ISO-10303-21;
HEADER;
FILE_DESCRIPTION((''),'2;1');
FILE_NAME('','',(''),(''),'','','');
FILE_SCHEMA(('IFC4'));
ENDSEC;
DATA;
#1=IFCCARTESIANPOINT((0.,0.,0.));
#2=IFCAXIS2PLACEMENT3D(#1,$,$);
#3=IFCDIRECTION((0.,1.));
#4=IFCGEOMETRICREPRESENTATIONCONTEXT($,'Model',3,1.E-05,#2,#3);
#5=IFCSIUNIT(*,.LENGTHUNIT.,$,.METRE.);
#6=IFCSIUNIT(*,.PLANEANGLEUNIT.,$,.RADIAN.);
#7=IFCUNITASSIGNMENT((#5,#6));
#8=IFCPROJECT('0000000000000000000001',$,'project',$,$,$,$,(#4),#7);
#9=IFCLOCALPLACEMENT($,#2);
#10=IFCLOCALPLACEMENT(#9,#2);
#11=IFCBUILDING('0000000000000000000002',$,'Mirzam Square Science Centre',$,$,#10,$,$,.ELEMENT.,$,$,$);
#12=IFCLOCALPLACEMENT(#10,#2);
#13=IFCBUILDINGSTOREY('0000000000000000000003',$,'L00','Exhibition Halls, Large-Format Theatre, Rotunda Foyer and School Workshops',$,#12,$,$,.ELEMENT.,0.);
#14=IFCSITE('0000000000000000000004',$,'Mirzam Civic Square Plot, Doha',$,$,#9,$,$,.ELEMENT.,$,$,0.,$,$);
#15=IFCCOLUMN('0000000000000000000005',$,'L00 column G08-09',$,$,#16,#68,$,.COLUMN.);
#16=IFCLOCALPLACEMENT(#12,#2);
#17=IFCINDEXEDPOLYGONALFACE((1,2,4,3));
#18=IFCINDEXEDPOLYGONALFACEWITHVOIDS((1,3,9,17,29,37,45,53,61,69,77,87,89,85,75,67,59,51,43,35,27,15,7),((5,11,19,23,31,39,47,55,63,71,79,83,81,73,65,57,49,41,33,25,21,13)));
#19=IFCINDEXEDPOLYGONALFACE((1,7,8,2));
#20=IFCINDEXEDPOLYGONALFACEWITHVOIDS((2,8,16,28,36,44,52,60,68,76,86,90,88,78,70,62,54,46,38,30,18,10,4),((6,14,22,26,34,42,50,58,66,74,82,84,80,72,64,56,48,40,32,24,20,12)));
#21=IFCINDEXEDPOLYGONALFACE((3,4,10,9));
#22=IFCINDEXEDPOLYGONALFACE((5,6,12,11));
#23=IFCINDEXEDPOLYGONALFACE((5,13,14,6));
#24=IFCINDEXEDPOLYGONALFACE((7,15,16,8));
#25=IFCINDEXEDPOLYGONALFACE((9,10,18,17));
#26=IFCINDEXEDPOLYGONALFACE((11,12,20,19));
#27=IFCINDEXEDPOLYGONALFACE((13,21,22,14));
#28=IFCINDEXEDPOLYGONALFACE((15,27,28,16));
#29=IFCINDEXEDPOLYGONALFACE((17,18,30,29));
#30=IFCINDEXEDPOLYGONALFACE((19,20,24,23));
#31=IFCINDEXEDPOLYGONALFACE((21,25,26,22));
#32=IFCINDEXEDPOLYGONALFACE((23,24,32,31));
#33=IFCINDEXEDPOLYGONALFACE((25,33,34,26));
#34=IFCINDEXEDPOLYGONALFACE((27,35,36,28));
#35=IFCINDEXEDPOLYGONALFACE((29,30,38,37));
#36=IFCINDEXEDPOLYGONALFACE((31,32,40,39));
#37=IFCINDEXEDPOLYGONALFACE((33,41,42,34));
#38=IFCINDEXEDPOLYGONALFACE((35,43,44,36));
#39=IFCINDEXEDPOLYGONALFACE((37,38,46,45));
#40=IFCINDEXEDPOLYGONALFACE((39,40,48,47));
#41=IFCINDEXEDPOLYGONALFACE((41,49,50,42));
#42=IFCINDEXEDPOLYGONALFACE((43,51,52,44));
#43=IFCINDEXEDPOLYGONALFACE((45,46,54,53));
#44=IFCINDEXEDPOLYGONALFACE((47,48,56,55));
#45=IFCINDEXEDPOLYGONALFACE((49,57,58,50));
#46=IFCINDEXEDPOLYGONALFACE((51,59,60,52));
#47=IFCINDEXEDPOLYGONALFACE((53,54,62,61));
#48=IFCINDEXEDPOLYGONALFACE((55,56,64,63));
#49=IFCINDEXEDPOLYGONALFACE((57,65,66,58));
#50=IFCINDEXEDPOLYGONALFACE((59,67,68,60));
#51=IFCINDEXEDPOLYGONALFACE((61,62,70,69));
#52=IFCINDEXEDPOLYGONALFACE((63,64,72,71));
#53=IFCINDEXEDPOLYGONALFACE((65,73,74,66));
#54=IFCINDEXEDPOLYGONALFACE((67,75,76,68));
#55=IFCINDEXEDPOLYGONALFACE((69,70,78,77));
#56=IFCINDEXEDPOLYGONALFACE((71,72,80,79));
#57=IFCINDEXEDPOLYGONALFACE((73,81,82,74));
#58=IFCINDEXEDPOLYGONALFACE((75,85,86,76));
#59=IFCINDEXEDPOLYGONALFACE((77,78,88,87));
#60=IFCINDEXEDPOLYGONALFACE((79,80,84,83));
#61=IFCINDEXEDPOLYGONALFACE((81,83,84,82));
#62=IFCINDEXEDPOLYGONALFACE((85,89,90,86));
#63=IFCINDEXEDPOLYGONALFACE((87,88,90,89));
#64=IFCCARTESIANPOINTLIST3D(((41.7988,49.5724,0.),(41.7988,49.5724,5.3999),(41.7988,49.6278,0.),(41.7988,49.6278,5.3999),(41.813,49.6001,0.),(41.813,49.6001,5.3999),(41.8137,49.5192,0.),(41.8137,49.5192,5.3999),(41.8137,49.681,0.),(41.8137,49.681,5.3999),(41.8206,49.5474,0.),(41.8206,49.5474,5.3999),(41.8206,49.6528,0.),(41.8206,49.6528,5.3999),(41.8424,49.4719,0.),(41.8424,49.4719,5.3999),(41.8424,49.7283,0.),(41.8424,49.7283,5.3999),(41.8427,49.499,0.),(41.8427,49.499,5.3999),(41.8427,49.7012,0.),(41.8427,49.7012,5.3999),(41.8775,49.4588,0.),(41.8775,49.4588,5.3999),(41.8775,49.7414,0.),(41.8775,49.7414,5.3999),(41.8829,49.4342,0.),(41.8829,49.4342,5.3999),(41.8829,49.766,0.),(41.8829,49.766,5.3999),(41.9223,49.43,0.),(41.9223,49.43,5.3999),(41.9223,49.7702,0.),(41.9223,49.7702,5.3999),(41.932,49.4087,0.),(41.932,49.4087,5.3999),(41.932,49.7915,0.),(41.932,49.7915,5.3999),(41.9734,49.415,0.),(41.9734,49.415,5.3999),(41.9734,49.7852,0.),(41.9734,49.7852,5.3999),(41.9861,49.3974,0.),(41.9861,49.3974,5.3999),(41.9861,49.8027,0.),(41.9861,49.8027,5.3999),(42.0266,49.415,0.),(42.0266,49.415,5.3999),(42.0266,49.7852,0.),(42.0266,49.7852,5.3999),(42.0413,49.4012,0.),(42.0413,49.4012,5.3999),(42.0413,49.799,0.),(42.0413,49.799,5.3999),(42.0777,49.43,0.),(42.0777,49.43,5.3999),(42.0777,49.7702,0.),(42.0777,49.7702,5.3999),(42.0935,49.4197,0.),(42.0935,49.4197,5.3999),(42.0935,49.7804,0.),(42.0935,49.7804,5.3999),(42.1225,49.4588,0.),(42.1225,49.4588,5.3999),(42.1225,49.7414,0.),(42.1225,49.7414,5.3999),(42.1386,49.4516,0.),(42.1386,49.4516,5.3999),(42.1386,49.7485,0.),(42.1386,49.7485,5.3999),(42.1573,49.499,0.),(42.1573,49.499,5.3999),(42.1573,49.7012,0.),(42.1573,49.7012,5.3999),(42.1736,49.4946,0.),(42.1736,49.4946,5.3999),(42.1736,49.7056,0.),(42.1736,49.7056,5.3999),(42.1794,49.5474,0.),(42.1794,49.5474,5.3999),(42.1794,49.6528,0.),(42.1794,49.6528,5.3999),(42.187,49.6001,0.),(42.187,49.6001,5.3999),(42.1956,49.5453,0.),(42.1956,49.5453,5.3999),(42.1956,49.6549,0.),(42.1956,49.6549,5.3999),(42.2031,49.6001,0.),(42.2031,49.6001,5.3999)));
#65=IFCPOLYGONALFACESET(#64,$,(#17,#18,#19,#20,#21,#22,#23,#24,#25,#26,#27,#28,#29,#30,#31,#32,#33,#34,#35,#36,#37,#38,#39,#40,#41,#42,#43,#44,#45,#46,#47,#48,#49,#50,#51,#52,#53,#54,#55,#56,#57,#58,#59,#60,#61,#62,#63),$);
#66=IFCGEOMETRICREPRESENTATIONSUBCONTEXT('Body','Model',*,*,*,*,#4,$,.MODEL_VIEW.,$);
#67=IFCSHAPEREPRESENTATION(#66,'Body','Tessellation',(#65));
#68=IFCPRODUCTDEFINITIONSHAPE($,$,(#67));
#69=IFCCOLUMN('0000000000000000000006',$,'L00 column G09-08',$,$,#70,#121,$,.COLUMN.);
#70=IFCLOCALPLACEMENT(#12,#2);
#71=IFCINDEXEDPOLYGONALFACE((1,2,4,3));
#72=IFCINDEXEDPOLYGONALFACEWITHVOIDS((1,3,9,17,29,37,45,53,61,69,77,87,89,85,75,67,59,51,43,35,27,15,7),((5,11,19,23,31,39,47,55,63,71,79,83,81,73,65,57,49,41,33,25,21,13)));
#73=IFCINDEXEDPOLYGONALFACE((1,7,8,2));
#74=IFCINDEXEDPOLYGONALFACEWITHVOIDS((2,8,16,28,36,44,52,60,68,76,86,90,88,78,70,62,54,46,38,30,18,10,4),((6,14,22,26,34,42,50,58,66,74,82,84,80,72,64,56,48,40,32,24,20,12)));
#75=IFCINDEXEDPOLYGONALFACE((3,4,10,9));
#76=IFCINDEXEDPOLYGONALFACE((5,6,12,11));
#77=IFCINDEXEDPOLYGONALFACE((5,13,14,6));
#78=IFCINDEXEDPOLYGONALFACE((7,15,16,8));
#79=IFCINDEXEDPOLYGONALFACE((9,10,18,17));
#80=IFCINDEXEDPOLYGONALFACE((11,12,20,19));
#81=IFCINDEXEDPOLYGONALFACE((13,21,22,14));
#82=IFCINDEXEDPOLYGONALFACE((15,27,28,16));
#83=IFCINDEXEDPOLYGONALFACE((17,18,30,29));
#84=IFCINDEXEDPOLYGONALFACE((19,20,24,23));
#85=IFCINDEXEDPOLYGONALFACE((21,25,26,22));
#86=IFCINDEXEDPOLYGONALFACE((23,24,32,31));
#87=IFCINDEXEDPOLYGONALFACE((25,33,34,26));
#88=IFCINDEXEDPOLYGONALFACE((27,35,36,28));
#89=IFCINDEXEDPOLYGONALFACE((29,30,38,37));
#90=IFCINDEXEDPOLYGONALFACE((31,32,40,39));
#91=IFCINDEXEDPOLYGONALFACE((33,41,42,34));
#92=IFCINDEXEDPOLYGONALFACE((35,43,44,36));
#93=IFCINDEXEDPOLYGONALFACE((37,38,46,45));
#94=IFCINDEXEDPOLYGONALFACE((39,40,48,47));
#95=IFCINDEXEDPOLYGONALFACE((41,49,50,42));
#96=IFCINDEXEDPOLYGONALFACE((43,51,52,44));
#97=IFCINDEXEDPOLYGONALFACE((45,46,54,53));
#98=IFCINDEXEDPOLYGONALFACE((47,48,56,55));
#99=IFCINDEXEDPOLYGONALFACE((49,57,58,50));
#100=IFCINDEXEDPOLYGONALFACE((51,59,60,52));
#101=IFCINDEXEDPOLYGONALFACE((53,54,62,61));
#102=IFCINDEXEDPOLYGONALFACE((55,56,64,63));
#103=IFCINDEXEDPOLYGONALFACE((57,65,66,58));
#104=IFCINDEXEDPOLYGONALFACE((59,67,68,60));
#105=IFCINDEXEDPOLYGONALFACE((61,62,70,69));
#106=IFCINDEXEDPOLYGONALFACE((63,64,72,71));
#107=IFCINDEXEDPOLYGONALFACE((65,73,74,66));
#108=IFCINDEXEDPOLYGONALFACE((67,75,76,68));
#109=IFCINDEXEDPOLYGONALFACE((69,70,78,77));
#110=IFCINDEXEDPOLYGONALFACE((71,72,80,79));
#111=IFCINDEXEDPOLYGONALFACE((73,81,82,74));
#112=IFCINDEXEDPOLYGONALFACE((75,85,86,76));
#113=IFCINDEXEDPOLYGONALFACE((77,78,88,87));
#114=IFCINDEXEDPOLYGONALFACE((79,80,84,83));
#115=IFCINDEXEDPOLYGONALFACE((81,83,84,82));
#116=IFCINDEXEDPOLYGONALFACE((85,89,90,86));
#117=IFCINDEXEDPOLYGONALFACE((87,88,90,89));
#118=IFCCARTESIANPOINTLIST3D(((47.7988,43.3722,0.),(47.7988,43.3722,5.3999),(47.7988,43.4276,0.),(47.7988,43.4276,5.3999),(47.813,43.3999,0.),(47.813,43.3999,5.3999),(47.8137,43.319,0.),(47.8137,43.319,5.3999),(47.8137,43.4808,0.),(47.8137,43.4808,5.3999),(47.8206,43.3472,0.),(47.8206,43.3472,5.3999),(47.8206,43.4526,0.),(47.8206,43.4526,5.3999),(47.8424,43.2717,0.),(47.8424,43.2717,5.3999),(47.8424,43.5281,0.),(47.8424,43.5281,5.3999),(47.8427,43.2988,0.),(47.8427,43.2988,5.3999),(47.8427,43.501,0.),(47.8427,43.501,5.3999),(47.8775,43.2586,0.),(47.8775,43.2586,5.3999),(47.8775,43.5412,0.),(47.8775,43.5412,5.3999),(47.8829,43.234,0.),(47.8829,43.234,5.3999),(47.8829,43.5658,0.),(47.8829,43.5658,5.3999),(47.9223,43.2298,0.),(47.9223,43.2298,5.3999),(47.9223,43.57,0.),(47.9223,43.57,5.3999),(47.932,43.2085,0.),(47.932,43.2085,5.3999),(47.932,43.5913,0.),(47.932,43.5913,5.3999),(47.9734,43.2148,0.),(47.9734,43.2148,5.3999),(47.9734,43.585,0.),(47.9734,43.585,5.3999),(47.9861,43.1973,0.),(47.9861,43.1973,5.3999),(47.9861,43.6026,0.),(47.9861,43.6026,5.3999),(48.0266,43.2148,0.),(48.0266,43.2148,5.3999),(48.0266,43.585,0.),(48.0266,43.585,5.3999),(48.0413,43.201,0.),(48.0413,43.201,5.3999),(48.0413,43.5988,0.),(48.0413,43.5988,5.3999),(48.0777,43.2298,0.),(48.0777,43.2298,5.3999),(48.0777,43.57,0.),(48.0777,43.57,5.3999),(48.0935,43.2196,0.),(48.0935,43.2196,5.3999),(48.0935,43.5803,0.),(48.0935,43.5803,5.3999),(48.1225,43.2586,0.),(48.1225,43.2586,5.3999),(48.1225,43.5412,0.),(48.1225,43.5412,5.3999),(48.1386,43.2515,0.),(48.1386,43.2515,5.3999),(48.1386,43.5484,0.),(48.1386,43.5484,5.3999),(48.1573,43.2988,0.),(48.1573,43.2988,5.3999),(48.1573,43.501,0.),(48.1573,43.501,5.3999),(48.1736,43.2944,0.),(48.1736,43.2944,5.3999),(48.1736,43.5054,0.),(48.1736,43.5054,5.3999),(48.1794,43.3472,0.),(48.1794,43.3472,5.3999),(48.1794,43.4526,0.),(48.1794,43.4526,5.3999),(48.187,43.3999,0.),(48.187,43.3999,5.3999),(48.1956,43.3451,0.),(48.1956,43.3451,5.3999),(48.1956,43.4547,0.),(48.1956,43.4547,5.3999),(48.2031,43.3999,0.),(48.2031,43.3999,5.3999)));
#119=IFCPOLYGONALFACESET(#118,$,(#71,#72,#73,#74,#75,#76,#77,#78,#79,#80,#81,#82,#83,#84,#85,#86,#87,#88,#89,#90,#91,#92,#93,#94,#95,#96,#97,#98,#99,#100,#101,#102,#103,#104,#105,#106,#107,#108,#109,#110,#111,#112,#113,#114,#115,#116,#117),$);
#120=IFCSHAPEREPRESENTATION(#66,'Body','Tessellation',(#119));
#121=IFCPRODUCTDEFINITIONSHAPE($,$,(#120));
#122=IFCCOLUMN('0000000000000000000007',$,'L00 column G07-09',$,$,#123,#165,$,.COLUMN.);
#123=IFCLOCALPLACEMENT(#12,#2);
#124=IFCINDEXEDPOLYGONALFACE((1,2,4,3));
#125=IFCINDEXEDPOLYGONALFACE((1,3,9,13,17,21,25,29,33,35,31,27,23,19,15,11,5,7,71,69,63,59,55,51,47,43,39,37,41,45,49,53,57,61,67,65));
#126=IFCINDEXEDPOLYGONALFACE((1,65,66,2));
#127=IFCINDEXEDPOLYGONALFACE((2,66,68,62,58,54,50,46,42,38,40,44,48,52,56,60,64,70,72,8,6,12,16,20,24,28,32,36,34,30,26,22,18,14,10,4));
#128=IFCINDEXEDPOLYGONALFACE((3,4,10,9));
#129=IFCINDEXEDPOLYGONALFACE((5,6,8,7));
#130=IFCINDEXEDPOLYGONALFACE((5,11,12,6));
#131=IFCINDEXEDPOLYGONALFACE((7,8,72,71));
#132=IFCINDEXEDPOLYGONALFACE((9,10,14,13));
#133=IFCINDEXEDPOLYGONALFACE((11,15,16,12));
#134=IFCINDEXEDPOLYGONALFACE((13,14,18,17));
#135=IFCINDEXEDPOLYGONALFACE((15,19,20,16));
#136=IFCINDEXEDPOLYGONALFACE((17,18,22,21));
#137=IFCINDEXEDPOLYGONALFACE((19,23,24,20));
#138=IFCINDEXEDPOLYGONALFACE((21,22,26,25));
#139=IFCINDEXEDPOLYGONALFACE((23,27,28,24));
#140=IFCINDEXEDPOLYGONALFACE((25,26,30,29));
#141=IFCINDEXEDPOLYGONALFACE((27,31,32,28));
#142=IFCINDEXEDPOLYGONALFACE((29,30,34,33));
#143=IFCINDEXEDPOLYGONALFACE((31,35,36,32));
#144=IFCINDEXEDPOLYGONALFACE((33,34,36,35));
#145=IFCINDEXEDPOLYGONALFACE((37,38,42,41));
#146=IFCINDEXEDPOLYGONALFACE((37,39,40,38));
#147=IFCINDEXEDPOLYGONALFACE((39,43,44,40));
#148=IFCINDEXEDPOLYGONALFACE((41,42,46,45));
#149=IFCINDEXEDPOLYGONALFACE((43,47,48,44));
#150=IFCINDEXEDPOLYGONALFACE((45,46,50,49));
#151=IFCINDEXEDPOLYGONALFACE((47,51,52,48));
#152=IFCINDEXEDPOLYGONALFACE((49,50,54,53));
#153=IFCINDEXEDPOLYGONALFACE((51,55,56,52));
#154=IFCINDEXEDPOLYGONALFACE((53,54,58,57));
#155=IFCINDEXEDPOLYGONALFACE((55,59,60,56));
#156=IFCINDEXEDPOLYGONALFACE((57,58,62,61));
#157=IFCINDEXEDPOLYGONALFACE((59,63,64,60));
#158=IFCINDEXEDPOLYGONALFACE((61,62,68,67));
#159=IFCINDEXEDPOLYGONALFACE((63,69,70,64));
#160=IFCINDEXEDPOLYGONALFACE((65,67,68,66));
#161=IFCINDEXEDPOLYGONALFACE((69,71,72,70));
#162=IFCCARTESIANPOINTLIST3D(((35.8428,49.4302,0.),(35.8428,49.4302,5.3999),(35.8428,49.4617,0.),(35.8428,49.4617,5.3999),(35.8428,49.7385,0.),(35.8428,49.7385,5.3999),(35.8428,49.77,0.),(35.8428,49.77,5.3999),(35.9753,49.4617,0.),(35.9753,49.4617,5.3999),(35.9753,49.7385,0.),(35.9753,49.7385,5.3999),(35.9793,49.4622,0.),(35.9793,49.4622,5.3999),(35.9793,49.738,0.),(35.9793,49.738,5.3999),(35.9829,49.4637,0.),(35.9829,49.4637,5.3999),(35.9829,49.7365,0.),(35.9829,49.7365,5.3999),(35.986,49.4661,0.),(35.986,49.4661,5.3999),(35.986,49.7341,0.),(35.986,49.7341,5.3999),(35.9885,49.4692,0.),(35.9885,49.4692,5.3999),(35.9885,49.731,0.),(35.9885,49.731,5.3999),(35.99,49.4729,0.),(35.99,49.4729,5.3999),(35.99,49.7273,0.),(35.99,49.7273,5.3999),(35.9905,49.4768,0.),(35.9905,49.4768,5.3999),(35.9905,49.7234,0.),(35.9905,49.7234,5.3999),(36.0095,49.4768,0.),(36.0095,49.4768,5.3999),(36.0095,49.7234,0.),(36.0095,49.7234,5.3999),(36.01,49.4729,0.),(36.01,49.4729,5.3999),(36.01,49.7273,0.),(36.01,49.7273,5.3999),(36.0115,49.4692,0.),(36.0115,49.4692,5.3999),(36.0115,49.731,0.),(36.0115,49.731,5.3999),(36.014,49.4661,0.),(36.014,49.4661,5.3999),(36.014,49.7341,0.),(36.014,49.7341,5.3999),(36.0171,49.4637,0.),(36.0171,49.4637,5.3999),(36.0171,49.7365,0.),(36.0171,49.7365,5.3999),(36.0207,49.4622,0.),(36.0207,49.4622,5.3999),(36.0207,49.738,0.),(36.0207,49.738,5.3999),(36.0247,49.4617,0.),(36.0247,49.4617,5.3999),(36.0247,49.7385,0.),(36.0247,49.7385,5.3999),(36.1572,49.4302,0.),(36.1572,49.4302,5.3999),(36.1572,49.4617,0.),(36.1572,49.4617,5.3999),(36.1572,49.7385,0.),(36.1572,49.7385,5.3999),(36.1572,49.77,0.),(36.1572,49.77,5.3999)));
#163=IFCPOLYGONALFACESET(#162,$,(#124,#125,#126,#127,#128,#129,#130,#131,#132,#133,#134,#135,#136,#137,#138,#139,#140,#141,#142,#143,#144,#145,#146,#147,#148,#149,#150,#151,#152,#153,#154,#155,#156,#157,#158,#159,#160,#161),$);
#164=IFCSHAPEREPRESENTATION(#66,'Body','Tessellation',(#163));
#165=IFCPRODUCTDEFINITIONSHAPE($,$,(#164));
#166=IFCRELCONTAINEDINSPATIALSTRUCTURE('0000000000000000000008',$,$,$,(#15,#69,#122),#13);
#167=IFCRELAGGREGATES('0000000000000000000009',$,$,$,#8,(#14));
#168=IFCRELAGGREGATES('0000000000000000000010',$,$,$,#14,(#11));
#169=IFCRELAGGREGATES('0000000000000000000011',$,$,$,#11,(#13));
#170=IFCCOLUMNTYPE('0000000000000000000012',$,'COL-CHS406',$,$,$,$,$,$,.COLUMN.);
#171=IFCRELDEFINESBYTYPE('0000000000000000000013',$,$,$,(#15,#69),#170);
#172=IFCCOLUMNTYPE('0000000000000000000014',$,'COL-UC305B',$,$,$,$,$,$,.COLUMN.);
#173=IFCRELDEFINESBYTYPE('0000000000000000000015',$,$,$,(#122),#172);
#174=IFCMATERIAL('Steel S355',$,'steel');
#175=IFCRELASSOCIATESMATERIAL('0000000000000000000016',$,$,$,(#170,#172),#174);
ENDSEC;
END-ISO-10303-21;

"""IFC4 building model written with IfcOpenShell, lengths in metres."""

from ifc_helpers import new_model, si_unit, direction, frame, origin, origin_2d, place, context, subcontext, project, spatial, hollow_circle, i_section, extrude, material, material_profile, profile_set, type_object, element, save


model = new_model("IFC4")

# Units and contexts
model_context = context("Model", 3, precision=1e-05, world=origin(), true_north=direction((0.0, 1.0)))
body_context = subcontext(model_context, "Body", "Model", "MODEL_VIEW")
ifc_project = project(units=[si_unit("LENGTHUNIT", "METRE"), si_unit("PLANEANGLEUNIT", "RADIAN")], contexts=[model_context])

# Site, building, storey
site_placement = place(None, origin())
site = spatial("IfcSite", under=ifc_project, at=site_placement, Name="Mirzam Civic Square Plot, Doha", CompositionType="ELEMENT", RefElevation=0.0)
building_placement = place(site_placement, origin())
building = spatial("IfcBuilding", under=site, at=building_placement, Name="Mirzam Square Science Centre", CompositionType="ELEMENT")
storey_placement = place(building_placement, origin())
storey = spatial("IfcBuildingStorey", under=building, at=storey_placement, Name="L00", Description="Exhibition Halls, Large-Format Theatre, Rotunda Foyer and School Workshops", CompositionType="ELEMENT", Elevation=0.0)

# Columns
ifc_material_1 = material(Name="Steel S355", Category="steel")
ifc_material_profile_1 = material_profile(ifc_material_1, hollow_circle(Radius=0.2031, WallThickness=0.0161, at=origin_2d()), Name="406.4x16.0CHS")
ifc_profile_set_1 = profile_set([ifc_material_profile_1], Name="Steel S355")
column_type_1 = type_object("IfcColumnType", Name="COL-CHS406", PredefinedType="COLUMN", material=ifc_profile_set_1)
for number, where, z_axis, x_axis, name in (
    (1, (42.0, 49.6001, 0.0), (0.0, 0.0, 1.0), (1.0, 0.0, 0.0), "L00 column G08-09"),
    (2, (48.0, 43.3999, 0.0), (0.0, 0.0, 1.0), (1.0, 0.0, 0.0), "L00 column G09-08"),
):
    element("IfcColumn", number, at=place(storey_placement, frame(where, z_axis=z_axis, x_axis=x_axis)), inside=storey, type_object=column_type_1, Name=name, PredefinedType="COLUMN", context=body_context, shape_type="SweptSolid", body=[
        extrude(hollow_circle(Radius=0.2031, WallThickness=0.0161, at=origin_2d()), origin(), (0.0, 0.0, 1.0), 5.3999),
    ])
ifc_material_profile_2 = material_profile(ifc_material_1, i_section(OverallWidth=0.3145, OverallDepth=0.3398, WebThickness=0.019, FlangeThickness=0.0315, FilletRadius=0.0151, at=origin_2d()), Name="305x305x198UC")
ifc_profile_set_2 = profile_set([ifc_material_profile_2], Name="Steel S355")
column_type_2 = type_object("IfcColumnType", Name="COL-UC305B", PredefinedType="COLUMN", material=ifc_profile_set_2)
for number, where, z_axis, x_axis, name in (
    (3, (36.0, 49.6001, 0.0), (0.0, 0.0, 1.0), (1.0, 0.0, 0.0), "L00 column G07-09"),
):
    element("IfcColumn", number, at=place(storey_placement, frame(where, z_axis=z_axis, x_axis=x_axis)), inside=storey, type_object=column_type_2, Name=name, PredefinedType="COLUMN", context=body_context, shape_type="SweptSolid", body=[
        extrude(i_section(OverallWidth=0.3145, OverallDepth=0.3398, WebThickness=0.019, FlangeThickness=0.0315, FilletRadius=0.0151, at=origin_2d()), origin(), (0.0, 0.0, 1.0), 5.3999),
    ])

save(model, "model.ifc")
